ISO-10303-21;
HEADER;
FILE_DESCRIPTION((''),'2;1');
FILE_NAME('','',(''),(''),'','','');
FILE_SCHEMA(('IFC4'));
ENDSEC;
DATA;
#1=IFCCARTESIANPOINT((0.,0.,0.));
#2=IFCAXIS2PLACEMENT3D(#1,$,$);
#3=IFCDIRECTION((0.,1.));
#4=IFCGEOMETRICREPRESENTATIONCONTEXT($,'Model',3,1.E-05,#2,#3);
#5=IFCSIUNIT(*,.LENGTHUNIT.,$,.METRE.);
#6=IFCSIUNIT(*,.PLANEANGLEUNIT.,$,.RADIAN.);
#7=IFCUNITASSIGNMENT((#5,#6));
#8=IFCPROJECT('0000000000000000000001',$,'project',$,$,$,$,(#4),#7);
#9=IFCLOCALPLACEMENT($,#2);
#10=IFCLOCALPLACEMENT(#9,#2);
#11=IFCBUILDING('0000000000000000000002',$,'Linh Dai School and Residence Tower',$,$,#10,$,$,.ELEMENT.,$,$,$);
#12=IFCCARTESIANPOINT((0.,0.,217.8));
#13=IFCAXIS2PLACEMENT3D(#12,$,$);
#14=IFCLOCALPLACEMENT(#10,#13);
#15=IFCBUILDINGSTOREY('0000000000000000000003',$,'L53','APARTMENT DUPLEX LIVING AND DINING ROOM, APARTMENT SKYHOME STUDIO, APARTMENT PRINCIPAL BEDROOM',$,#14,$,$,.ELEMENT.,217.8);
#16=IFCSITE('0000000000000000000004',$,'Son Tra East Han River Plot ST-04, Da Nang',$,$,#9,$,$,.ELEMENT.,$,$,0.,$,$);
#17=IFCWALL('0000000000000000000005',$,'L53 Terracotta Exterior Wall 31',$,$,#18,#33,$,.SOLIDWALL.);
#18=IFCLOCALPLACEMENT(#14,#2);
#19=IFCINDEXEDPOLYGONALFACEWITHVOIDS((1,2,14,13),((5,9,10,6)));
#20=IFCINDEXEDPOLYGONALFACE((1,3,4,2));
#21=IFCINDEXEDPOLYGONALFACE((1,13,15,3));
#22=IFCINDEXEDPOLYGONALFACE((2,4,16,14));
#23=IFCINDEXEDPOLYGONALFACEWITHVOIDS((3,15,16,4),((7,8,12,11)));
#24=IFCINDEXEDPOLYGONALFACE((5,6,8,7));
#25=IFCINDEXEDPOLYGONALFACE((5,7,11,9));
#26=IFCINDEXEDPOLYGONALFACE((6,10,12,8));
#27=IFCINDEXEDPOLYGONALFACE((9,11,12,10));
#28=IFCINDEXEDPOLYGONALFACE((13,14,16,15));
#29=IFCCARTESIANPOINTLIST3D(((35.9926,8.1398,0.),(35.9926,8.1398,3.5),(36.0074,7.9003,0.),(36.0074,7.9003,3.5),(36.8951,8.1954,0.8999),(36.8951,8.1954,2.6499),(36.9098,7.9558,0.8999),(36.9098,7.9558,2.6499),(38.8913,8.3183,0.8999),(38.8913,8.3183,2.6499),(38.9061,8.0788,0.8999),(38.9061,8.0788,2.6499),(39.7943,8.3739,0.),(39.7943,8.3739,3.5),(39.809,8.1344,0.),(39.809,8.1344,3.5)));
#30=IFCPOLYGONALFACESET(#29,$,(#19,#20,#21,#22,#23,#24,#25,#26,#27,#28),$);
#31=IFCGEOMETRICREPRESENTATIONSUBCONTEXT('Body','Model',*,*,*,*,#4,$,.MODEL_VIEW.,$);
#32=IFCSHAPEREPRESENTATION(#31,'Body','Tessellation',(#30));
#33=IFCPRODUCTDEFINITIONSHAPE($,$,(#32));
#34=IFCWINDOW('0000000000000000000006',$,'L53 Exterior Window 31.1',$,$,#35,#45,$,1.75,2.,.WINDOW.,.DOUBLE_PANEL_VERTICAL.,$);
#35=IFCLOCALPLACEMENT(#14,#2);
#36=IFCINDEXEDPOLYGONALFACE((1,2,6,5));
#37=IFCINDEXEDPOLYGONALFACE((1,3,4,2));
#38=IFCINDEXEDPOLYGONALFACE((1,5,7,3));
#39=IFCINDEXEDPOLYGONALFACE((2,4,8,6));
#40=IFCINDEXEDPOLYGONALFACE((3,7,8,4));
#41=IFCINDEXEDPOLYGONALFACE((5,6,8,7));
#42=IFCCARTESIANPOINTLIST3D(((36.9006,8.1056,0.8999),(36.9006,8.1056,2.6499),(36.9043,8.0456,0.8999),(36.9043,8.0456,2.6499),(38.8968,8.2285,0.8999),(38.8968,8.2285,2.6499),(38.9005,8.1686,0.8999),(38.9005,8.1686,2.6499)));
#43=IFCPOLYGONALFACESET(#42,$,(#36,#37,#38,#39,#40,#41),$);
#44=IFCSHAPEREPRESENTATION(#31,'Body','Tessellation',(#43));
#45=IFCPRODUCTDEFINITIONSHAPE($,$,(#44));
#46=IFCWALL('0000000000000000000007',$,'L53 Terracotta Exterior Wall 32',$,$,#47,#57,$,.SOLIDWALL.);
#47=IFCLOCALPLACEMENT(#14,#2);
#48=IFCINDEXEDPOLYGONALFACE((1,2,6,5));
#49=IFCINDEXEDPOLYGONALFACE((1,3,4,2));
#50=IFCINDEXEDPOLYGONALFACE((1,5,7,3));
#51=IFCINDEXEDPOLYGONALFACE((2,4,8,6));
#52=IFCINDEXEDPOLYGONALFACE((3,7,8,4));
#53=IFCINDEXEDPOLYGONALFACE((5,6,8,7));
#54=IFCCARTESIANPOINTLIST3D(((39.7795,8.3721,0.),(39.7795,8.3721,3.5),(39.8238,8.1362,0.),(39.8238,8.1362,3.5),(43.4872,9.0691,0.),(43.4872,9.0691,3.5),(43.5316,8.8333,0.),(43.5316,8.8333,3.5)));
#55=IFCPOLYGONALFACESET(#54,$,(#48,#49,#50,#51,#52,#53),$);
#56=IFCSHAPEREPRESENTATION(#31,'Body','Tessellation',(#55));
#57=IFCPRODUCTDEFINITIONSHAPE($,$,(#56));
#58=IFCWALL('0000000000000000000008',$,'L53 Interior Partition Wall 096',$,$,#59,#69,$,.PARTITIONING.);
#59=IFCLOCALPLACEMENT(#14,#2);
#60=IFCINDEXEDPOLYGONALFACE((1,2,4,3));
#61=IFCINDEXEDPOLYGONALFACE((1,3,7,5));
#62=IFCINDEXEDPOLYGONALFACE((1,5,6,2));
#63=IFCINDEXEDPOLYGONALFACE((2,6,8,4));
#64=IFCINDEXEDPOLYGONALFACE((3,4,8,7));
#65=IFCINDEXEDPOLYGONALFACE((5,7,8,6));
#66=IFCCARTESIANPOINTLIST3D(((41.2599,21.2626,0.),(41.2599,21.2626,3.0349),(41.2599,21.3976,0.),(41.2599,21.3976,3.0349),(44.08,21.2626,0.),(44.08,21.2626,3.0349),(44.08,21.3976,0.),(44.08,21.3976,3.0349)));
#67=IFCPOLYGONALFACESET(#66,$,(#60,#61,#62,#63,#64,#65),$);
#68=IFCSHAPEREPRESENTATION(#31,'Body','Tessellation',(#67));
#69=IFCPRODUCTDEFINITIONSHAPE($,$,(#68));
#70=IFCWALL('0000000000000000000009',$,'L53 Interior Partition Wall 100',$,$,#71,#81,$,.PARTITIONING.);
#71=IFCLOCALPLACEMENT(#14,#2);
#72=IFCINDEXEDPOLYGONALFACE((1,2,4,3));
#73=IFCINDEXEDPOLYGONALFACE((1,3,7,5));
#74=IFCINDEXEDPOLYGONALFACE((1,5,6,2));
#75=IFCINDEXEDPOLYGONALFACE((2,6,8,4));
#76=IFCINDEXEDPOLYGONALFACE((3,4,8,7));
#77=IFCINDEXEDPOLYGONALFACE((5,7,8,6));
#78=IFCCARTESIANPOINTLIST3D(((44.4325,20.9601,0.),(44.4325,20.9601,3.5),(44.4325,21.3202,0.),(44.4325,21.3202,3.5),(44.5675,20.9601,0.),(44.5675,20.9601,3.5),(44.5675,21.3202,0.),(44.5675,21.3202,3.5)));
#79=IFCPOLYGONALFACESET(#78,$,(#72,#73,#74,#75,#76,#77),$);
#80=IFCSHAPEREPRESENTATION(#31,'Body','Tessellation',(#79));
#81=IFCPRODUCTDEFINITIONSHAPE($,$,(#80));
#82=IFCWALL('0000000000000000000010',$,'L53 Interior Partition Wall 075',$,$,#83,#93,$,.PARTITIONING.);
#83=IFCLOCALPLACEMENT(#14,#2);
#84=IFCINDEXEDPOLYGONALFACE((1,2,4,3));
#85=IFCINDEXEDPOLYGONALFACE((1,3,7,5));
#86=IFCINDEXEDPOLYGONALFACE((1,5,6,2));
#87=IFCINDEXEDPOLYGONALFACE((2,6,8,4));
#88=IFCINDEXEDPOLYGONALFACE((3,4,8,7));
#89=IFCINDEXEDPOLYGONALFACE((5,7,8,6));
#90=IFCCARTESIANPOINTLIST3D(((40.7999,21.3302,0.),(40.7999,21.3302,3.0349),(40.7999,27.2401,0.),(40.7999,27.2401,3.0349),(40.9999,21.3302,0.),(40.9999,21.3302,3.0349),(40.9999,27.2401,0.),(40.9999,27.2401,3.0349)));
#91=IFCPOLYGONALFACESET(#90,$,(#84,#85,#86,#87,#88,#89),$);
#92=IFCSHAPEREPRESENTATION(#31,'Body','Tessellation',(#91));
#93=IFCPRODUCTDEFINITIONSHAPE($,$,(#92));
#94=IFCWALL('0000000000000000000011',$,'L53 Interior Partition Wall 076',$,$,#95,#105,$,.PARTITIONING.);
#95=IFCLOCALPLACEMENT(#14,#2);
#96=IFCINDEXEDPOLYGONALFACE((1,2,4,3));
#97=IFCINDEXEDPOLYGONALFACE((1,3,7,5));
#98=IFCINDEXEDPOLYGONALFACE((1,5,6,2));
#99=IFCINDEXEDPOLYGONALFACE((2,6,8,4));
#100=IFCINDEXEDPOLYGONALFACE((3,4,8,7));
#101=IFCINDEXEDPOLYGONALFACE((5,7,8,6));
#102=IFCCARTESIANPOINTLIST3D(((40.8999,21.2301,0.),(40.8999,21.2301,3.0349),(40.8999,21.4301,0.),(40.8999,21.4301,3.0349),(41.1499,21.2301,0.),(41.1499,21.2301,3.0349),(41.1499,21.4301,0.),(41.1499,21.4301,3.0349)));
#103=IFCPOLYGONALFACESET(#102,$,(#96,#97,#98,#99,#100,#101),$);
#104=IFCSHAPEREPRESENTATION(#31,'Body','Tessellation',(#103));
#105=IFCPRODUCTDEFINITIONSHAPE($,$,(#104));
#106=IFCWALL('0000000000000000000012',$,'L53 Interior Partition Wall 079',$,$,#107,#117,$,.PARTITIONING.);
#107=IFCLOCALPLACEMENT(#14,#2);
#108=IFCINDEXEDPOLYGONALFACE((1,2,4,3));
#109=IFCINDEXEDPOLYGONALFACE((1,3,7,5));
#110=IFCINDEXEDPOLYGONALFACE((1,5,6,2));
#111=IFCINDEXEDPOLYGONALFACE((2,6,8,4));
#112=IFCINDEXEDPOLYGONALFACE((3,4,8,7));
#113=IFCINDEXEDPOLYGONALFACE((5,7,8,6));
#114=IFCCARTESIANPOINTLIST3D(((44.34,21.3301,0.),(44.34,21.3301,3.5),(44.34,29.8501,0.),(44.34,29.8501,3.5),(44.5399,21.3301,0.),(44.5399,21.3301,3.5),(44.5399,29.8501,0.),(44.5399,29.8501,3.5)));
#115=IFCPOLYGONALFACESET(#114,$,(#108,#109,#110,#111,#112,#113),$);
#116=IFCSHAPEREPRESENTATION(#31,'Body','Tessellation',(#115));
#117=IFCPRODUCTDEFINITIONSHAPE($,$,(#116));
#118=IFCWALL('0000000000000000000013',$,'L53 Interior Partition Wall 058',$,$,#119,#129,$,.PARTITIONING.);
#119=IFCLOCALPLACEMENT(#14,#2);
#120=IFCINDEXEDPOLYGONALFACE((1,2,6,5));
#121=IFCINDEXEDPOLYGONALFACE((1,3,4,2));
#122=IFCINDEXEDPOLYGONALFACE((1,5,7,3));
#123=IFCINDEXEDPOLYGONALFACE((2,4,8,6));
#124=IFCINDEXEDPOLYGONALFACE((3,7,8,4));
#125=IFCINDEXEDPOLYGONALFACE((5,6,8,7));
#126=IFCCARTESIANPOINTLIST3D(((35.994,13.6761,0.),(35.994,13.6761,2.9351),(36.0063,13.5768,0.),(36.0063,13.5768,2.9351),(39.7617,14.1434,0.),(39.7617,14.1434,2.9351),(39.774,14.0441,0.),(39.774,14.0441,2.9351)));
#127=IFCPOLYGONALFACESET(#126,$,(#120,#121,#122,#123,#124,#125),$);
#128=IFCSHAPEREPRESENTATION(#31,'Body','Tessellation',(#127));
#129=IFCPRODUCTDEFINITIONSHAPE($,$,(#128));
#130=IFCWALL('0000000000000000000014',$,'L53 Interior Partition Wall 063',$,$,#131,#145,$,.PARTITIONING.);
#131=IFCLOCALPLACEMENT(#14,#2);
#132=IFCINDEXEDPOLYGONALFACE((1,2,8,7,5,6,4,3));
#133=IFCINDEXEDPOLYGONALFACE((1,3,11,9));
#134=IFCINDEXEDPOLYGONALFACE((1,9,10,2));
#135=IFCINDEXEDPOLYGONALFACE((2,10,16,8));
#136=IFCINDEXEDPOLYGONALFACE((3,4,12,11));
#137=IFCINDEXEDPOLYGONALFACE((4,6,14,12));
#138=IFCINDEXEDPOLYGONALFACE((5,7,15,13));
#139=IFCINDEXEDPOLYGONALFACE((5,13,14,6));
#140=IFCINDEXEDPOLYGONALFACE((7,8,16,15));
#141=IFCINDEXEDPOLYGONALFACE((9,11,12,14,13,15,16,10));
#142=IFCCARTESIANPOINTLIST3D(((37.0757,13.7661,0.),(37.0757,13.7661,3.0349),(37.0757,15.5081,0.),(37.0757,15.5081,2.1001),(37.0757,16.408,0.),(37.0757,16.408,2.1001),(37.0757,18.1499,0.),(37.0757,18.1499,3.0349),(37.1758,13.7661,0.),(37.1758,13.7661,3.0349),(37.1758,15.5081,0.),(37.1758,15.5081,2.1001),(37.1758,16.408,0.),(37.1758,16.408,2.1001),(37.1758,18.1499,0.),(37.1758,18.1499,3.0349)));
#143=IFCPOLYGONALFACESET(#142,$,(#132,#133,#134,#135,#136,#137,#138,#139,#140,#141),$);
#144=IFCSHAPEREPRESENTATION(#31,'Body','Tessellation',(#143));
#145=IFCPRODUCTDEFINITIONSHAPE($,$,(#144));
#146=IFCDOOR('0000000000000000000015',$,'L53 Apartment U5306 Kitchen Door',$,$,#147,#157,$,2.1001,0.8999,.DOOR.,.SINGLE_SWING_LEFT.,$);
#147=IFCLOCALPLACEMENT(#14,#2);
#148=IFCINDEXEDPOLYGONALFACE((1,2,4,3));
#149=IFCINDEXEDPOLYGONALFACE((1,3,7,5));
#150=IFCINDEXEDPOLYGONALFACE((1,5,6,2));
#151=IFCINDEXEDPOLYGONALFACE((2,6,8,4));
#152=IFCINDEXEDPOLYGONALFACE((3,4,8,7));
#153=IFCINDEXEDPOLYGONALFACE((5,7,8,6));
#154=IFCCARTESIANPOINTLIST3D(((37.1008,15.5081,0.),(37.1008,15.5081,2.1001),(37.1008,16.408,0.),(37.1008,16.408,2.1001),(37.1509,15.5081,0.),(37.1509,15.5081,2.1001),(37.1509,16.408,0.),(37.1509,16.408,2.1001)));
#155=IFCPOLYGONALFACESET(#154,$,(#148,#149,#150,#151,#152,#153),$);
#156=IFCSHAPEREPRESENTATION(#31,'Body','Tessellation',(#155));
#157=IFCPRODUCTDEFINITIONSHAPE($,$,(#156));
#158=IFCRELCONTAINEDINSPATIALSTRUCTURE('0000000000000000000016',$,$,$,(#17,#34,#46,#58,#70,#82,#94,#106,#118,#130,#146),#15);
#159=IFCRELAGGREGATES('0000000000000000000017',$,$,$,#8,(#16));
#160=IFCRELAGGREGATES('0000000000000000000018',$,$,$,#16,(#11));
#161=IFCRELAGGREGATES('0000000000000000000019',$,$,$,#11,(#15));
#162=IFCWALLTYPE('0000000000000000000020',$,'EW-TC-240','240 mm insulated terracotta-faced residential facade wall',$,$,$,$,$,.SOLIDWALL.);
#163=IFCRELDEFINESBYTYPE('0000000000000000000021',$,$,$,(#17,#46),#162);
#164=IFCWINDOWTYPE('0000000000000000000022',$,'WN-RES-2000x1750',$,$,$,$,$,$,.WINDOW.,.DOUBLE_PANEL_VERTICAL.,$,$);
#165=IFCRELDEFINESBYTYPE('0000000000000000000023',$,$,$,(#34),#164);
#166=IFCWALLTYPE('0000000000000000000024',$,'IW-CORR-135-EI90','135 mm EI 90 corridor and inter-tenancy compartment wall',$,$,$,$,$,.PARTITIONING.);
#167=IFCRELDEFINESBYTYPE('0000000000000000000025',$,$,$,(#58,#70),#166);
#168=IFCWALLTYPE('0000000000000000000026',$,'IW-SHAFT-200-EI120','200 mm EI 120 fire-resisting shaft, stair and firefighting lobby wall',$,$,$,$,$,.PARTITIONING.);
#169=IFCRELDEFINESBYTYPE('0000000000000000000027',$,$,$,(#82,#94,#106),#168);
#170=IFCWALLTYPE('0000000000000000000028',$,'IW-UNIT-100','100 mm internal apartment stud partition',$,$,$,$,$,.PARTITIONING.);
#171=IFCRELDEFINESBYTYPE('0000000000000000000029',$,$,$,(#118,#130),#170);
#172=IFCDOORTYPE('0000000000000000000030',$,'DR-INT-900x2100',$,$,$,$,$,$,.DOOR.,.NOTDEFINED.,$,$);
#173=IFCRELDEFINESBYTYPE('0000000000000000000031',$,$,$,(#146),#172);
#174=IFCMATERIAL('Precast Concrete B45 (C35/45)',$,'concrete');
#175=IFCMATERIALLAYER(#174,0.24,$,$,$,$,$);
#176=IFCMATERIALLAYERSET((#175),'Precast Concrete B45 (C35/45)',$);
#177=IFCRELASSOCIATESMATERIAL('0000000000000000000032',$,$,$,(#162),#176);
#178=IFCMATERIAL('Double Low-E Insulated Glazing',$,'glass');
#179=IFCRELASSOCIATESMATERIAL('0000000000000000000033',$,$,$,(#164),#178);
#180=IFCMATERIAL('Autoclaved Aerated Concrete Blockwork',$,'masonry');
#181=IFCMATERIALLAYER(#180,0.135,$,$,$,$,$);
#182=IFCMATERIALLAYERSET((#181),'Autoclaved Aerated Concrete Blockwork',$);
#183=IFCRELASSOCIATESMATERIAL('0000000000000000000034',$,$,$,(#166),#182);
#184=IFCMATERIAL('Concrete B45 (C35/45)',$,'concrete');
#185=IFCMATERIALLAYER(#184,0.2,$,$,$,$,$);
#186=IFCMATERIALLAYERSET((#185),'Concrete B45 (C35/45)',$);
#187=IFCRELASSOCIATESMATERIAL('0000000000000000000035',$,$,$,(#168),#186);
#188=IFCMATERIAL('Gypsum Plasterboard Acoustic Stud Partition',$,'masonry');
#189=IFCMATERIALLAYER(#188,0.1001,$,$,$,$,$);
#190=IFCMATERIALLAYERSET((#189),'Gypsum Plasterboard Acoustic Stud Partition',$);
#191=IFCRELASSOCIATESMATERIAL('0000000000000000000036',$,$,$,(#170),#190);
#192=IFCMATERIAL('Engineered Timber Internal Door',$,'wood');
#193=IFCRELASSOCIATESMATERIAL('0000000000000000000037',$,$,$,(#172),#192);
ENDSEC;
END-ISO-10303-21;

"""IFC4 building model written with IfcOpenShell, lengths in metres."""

from ifc_helpers import new_model, si_unit, direction, frame, frame_2d, origin, origin_2d, place, context, subcontext, project, spatial, rectangle, extrude, source, transform, mapped, material, layer, layer_set, type_object, element, fill, save


model = new_model("IFC4")

# Units and contexts
model_context = context("Model", 3, precision=1e-05, world=origin(), true_north=direction((0.0, 1.0)))
body_context = subcontext(model_context, "Body", "Model", "MODEL_VIEW")
ifc_project = project(units=[si_unit("LENGTHUNIT", "METRE"), si_unit("PLANEANGLEUNIT", "RADIAN")], contexts=[model_context])

# Site, building, storey
site_placement = place(None, origin())
site = spatial("IfcSite", under=ifc_project, at=site_placement, Name="Son Tra East Han River Plot ST-04, Da Nang", CompositionType="ELEMENT", RefElevation=0.0)
building_placement = place(site_placement, origin())
building = spatial("IfcBuilding", under=site, at=building_placement, Name="Linh Dai School and Residence Tower", CompositionType="ELEMENT")
storey_placement = place(building_placement, frame((0.0, 0.0, 217.8)))
storey = spatial("IfcBuildingStorey", under=building, at=storey_placement, Name="L53", Description="APARTMENT DUPLEX LIVING AND DINING ROOM, APARTMENT SKYHOME STUDIO, APARTMENT PRINCIPAL BEDROOM", CompositionType="ELEMENT", Elevation=217.8)

# Wall, opening, window
ifc_material_1 = material(Name="Precast Concrete B45 (C35/45)", Category="concrete")
ifc_layer_1 = layer(ifc_material_1, 0.24)
ifc_layer_set_1 = layer_set([ifc_layer_1], Name="Precast Concrete B45 (C35/45)")
wall_type_1 = type_object("IfcWallType", Name="EW-TC-240", Description="240 mm insulated terracotta-faced residential facade wall", PredefinedType="SOLIDWALL", material=ifc_layer_set_1)
ifc_material_2 = material(Name="Double Low-E Insulated Glazing", Category="glass")
window_type = type_object("IfcWindowType", Name="WN-RES-2000x1750", PartitioningType="DOUBLE_PANEL_VERTICAL", PredefinedType="WINDOW", material=ifc_material_2)
shared_shape_1 = source(origin(), body_context, "Body", "SweptSolid", [
    extrude(rectangle(XDim=2.0, YDim=1.75, at=origin_2d()), frame((1.0, 0.03, 0.875), z_axis=(0.0, -1.0, 0.0), x_axis=(1.0, 0.0, 0.0)), (0.0, 0.0, 1.0), 0.0601),
])
wall_1_placement = place(storey_placement, frame((39.8015, 8.2542, 0.0), z_axis=(0.0, 0.0, 1.0), x_axis=(-0.998109, -0.061472, 0.0)))
wall_1 = element("IfcWall", 1, at=wall_1_placement, inside=storey, type_object=wall_type_1, Name="L53 Terracotta Exterior Wall 31", PredefinedType="SOLIDWALL", context=body_context, shape_type="SweptSolid", body=[
    extrude(rectangle(XDim=3.8088, YDim=0.24, at=frame_2d((1.9043, 0.0))), origin(), (0.0, 0.0, 1.0), 3.5),
])
opening_1_placement = place(wall_1_placement, frame((0.9045, 0.0, 0.8999)))
opening_1 = element("IfcOpeningElement", 2, at=opening_1_placement, cuts=wall_1, PredefinedType="OPENING", context=body_context, shape_type="SweptSolid", body=[
    extrude(rectangle(XDim=2.0, YDim=1.75, at=origin_2d()), frame((1.0, 0.1299, 0.875), z_axis=(0.0, -1.0, 0.0), x_axis=(1.0, 0.0, 0.0)), (0.0, 0.0, 1.0), 0.26),
])
window_1_placement = place(opening_1_placement, origin())
window_1 = element("IfcWindow", 3, at=window_1_placement, inside=storey, type_object=window_type, Name="L53 Exterior Window 31.1", OverallHeight=1.75, OverallWidth=2.0, PartitioningType="DOUBLE_PANEL_VERTICAL", PredefinedType="WINDOW", context=body_context, shape_type="MappedRepresentation", body=[
    mapped(shared_shape_1, transform((0.0, 0.0, 0.0), x_axis=(1.0, 0.0, 0.0), y_axis=(0.0, 1.0, 0.0), z_axis=(0.0, 0.0, 1.0), scale=1.0)),
])
fill(opening_1, window_1)

# Walls
wall_2_placement = place(storey_placement, frame((43.5093, 8.9512, 0.0), z_axis=(0.0, 0.0, 1.0), x_axis=(-0.982785, -0.184753, 0.0)))
element("IfcWall", 4, at=wall_2_placement, inside=storey, type_object=wall_type_1, Name="L53 Terracotta Exterior Wall 32", PredefinedType="SOLIDWALL", context=body_context, shape_type="SweptSolid", body=[
    extrude(rectangle(XDim=3.7727, YDim=0.24, at=frame_2d((1.8862, 0.0))), origin(), (0.0, 0.0, 1.0), 3.5),
])
ifc_material_3 = material(Name="Autoclaved Aerated Concrete Blockwork", Category="masonry")
ifc_layer_2 = layer(ifc_material_3, 0.135)
ifc_layer_set_2 = layer_set([ifc_layer_2], Name="Autoclaved Aerated Concrete Blockwork")
wall_type_2 = type_object("IfcWallType", Name="IW-CORR-135-EI90", Description="135 mm EI 90 corridor and inter-tenancy compartment wall", PredefinedType="PARTITIONING", material=ifc_layer_set_2)
wall_3_placement = place(storey_placement, frame((44.0801, 21.3301, 0.0), z_axis=(0.0, 0.0, 1.0), x_axis=(-1.0, 0.0, 0.0)))
element("IfcWall", 5, at=wall_3_placement, inside=storey, type_object=wall_type_2, Name="L53 Interior Partition Wall 096", PredefinedType="PARTITIONING", context=body_context, shape_type="SweptSolid", body=[
    extrude(rectangle(XDim=2.8201, YDim=0.135, at=frame_2d((1.4102, 0.0))), origin(), (0.0, 0.0, 1.0), 3.0349),
])
wall_4_placement = place(storey_placement, frame((44.5, 20.96, 0.0), z_axis=(0.0, 0.0, 1.0), x_axis=(0.0, 1.0, 0.0)))
element("IfcWall", 6, at=wall_4_placement, inside=storey, type_object=wall_type_2, Name="L53 Interior Partition Wall 100", PredefinedType="PARTITIONING", context=body_context, shape_type="SweptSolid", body=[
    extrude(rectangle(XDim=0.3601, YDim=0.135, at=frame_2d((0.1802, 0.0))), origin(), (0.0, 0.0, 1.0), 3.5),
])
ifc_material_4 = material(Name="Concrete B45 (C35/45)", Category="concrete")
ifc_layer_3 = layer(ifc_material_4, 0.2)
ifc_layer_set_3 = layer_set([ifc_layer_3], Name="Concrete B45 (C35/45)")
wall_type_3 = type_object("IfcWallType", Name="IW-SHAFT-200-EI120", Description="200 mm EI 120 fire-resisting shaft, stair and firefighting lobby wall", PredefinedType="PARTITIONING", material=ifc_layer_set_3)
wall_5_placement = place(storey_placement, frame((40.8999, 21.3301, 0.0), z_axis=(0.0, 0.0, 1.0), x_axis=(0.0, 1.0, 0.0)))
element("IfcWall", 7, at=wall_5_placement, inside=storey, type_object=wall_type_3, Name="L53 Interior Partition Wall 075", PredefinedType="PARTITIONING", context=body_context, shape_type="SweptSolid", body=[
    extrude(rectangle(XDim=5.9099, YDim=0.2, at=frame_2d((2.9551, 0.0))), origin(), (0.0, 0.0, 1.0), 3.0349),
])
wall_6_placement = place(storey_placement, frame((40.8999, 21.3301, 0.0), z_axis=(0.0, 0.0, 1.0), x_axis=(1.0, 0.0, 0.0)))
element("IfcWall", 8, at=wall_6_placement, inside=storey, type_object=wall_type_3, Name="L53 Interior Partition Wall 076", PredefinedType="PARTITIONING", context=body_context, shape_type="SweptSolid", body=[
    extrude(rectangle(XDim=0.25, YDim=0.2, at=frame_2d((0.125, 0.0))), origin(), (0.0, 0.0, 1.0), 3.0349),
])
wall_7_placement = place(storey_placement, frame((44.4399, 21.3301, 0.0), z_axis=(0.0, 0.0, 1.0), x_axis=(0.0, 1.0, 0.0)))
element("IfcWall", 9, at=wall_7_placement, inside=storey, type_object=wall_type_3, Name="L53 Interior Partition Wall 079", PredefinedType="PARTITIONING", context=body_context, shape_type="SweptSolid", body=[
    extrude(rectangle(XDim=8.52, YDim=0.2, at=frame_2d((4.26, 0.0))), origin(), (0.0, 0.0, 1.0), 3.5),
])
ifc_material_5 = material(Name="Gypsum Plasterboard Acoustic Stud Partition", Category="masonry")
ifc_layer_4 = layer(ifc_material_5, 0.1001)
ifc_layer_set_4 = layer_set([ifc_layer_4], Name="Gypsum Plasterboard Acoustic Stud Partition")
wall_type_4 = type_object("IfcWallType", Name="IW-UNIT-100", Description="100 mm internal apartment stud partition", PredefinedType="PARTITIONING", material=ifc_layer_set_4)
wall_8_placement = place(storey_placement, frame((36.0, 13.6265, 0.0), z_axis=(0.0, 0.0, 1.0), x_axis=(0.992397, 0.123077, 0.0)))
element("IfcWall", 10, at=wall_8_placement, inside=storey, type_object=wall_type_4, Name="L53 Interior Partition Wall 058", PredefinedType="PARTITIONING", context=body_context, shape_type="SweptSolid", body=[
    extrude(rectangle(XDim=3.7966, YDim=0.1001, at=frame_2d((1.8984, 0.0))), origin(), (0.0, 0.0, 1.0), 2.9351),
])

# Wall, opening, door
wall_9_placement = place(storey_placement, frame((37.1257, 13.7661, 0.0), z_axis=(0.0, 0.0, 1.0), x_axis=(0.0, 1.0, 0.0)))
wall_9 = element("IfcWall", 11, at=wall_9_placement, inside=storey, type_object=wall_type_4, Name="L53 Interior Partition Wall 063", PredefinedType="PARTITIONING", context=body_context, shape_type="SweptSolid", body=[
    extrude(rectangle(XDim=4.3838, YDim=0.1001, at=frame_2d((2.1919, 0.0))), origin(), (0.0, 0.0, 1.0), 3.0349),
])
opening_2_placement = place(wall_9_placement, frame((1.7419, 0.0, 0.0)))
opening_2 = element("IfcOpeningElement", 12, at=opening_2_placement, cuts=wall_9, PredefinedType="OPENING", context=body_context, shape_type="SweptSolid", body=[
    extrude(rectangle(XDim=0.8999, YDim=2.1001, at=origin_2d()), frame((0.45, 0.0601, 1.05), z_axis=(0.0, -1.0, 0.0), x_axis=(1.0, 0.0, 0.0)), (0.0, 0.0, 1.0), 0.1201),
])
ifc_material_6 = material(Name="Engineered Timber Internal Door", Category="wood")
door_type = type_object("IfcDoorType", Name="DR-INT-900x2100", OperationType="NOTDEFINED", PredefinedType="DOOR", material=ifc_material_6)
shared_shape_2 = source(origin(), body_context, "Body", "SweptSolid", [
    extrude(rectangle(XDim=0.8999, YDim=2.1001, at=origin_2d()), frame((0.45, 0.0249, 1.05), z_axis=(0.0, -1.0, 0.0), x_axis=(1.0, 0.0, 0.0)), (0.0, 0.0, 1.0), 0.05),
])
door_1_placement = place(opening_2_placement, origin())
door_1 = element("IfcDoor", 13, at=door_1_placement, inside=storey, type_object=door_type, Name="L53 Apartment U5306 Kitchen Door", OperationType="SINGLE_SWING_LEFT", OverallHeight=2.1001, OverallWidth=0.8999, PredefinedType="DOOR", context=body_context, shape_type="MappedRepresentation", body=[
    mapped(shared_shape_2, transform((0.0, 0.0, 0.0), x_axis=(1.0, 0.0, 0.0), y_axis=(0.0, 1.0, 0.0), z_axis=(0.0, 0.0, 1.0), scale=1.0)),
])
fill(opening_2, door_1)

save(model, "model.ifc")
